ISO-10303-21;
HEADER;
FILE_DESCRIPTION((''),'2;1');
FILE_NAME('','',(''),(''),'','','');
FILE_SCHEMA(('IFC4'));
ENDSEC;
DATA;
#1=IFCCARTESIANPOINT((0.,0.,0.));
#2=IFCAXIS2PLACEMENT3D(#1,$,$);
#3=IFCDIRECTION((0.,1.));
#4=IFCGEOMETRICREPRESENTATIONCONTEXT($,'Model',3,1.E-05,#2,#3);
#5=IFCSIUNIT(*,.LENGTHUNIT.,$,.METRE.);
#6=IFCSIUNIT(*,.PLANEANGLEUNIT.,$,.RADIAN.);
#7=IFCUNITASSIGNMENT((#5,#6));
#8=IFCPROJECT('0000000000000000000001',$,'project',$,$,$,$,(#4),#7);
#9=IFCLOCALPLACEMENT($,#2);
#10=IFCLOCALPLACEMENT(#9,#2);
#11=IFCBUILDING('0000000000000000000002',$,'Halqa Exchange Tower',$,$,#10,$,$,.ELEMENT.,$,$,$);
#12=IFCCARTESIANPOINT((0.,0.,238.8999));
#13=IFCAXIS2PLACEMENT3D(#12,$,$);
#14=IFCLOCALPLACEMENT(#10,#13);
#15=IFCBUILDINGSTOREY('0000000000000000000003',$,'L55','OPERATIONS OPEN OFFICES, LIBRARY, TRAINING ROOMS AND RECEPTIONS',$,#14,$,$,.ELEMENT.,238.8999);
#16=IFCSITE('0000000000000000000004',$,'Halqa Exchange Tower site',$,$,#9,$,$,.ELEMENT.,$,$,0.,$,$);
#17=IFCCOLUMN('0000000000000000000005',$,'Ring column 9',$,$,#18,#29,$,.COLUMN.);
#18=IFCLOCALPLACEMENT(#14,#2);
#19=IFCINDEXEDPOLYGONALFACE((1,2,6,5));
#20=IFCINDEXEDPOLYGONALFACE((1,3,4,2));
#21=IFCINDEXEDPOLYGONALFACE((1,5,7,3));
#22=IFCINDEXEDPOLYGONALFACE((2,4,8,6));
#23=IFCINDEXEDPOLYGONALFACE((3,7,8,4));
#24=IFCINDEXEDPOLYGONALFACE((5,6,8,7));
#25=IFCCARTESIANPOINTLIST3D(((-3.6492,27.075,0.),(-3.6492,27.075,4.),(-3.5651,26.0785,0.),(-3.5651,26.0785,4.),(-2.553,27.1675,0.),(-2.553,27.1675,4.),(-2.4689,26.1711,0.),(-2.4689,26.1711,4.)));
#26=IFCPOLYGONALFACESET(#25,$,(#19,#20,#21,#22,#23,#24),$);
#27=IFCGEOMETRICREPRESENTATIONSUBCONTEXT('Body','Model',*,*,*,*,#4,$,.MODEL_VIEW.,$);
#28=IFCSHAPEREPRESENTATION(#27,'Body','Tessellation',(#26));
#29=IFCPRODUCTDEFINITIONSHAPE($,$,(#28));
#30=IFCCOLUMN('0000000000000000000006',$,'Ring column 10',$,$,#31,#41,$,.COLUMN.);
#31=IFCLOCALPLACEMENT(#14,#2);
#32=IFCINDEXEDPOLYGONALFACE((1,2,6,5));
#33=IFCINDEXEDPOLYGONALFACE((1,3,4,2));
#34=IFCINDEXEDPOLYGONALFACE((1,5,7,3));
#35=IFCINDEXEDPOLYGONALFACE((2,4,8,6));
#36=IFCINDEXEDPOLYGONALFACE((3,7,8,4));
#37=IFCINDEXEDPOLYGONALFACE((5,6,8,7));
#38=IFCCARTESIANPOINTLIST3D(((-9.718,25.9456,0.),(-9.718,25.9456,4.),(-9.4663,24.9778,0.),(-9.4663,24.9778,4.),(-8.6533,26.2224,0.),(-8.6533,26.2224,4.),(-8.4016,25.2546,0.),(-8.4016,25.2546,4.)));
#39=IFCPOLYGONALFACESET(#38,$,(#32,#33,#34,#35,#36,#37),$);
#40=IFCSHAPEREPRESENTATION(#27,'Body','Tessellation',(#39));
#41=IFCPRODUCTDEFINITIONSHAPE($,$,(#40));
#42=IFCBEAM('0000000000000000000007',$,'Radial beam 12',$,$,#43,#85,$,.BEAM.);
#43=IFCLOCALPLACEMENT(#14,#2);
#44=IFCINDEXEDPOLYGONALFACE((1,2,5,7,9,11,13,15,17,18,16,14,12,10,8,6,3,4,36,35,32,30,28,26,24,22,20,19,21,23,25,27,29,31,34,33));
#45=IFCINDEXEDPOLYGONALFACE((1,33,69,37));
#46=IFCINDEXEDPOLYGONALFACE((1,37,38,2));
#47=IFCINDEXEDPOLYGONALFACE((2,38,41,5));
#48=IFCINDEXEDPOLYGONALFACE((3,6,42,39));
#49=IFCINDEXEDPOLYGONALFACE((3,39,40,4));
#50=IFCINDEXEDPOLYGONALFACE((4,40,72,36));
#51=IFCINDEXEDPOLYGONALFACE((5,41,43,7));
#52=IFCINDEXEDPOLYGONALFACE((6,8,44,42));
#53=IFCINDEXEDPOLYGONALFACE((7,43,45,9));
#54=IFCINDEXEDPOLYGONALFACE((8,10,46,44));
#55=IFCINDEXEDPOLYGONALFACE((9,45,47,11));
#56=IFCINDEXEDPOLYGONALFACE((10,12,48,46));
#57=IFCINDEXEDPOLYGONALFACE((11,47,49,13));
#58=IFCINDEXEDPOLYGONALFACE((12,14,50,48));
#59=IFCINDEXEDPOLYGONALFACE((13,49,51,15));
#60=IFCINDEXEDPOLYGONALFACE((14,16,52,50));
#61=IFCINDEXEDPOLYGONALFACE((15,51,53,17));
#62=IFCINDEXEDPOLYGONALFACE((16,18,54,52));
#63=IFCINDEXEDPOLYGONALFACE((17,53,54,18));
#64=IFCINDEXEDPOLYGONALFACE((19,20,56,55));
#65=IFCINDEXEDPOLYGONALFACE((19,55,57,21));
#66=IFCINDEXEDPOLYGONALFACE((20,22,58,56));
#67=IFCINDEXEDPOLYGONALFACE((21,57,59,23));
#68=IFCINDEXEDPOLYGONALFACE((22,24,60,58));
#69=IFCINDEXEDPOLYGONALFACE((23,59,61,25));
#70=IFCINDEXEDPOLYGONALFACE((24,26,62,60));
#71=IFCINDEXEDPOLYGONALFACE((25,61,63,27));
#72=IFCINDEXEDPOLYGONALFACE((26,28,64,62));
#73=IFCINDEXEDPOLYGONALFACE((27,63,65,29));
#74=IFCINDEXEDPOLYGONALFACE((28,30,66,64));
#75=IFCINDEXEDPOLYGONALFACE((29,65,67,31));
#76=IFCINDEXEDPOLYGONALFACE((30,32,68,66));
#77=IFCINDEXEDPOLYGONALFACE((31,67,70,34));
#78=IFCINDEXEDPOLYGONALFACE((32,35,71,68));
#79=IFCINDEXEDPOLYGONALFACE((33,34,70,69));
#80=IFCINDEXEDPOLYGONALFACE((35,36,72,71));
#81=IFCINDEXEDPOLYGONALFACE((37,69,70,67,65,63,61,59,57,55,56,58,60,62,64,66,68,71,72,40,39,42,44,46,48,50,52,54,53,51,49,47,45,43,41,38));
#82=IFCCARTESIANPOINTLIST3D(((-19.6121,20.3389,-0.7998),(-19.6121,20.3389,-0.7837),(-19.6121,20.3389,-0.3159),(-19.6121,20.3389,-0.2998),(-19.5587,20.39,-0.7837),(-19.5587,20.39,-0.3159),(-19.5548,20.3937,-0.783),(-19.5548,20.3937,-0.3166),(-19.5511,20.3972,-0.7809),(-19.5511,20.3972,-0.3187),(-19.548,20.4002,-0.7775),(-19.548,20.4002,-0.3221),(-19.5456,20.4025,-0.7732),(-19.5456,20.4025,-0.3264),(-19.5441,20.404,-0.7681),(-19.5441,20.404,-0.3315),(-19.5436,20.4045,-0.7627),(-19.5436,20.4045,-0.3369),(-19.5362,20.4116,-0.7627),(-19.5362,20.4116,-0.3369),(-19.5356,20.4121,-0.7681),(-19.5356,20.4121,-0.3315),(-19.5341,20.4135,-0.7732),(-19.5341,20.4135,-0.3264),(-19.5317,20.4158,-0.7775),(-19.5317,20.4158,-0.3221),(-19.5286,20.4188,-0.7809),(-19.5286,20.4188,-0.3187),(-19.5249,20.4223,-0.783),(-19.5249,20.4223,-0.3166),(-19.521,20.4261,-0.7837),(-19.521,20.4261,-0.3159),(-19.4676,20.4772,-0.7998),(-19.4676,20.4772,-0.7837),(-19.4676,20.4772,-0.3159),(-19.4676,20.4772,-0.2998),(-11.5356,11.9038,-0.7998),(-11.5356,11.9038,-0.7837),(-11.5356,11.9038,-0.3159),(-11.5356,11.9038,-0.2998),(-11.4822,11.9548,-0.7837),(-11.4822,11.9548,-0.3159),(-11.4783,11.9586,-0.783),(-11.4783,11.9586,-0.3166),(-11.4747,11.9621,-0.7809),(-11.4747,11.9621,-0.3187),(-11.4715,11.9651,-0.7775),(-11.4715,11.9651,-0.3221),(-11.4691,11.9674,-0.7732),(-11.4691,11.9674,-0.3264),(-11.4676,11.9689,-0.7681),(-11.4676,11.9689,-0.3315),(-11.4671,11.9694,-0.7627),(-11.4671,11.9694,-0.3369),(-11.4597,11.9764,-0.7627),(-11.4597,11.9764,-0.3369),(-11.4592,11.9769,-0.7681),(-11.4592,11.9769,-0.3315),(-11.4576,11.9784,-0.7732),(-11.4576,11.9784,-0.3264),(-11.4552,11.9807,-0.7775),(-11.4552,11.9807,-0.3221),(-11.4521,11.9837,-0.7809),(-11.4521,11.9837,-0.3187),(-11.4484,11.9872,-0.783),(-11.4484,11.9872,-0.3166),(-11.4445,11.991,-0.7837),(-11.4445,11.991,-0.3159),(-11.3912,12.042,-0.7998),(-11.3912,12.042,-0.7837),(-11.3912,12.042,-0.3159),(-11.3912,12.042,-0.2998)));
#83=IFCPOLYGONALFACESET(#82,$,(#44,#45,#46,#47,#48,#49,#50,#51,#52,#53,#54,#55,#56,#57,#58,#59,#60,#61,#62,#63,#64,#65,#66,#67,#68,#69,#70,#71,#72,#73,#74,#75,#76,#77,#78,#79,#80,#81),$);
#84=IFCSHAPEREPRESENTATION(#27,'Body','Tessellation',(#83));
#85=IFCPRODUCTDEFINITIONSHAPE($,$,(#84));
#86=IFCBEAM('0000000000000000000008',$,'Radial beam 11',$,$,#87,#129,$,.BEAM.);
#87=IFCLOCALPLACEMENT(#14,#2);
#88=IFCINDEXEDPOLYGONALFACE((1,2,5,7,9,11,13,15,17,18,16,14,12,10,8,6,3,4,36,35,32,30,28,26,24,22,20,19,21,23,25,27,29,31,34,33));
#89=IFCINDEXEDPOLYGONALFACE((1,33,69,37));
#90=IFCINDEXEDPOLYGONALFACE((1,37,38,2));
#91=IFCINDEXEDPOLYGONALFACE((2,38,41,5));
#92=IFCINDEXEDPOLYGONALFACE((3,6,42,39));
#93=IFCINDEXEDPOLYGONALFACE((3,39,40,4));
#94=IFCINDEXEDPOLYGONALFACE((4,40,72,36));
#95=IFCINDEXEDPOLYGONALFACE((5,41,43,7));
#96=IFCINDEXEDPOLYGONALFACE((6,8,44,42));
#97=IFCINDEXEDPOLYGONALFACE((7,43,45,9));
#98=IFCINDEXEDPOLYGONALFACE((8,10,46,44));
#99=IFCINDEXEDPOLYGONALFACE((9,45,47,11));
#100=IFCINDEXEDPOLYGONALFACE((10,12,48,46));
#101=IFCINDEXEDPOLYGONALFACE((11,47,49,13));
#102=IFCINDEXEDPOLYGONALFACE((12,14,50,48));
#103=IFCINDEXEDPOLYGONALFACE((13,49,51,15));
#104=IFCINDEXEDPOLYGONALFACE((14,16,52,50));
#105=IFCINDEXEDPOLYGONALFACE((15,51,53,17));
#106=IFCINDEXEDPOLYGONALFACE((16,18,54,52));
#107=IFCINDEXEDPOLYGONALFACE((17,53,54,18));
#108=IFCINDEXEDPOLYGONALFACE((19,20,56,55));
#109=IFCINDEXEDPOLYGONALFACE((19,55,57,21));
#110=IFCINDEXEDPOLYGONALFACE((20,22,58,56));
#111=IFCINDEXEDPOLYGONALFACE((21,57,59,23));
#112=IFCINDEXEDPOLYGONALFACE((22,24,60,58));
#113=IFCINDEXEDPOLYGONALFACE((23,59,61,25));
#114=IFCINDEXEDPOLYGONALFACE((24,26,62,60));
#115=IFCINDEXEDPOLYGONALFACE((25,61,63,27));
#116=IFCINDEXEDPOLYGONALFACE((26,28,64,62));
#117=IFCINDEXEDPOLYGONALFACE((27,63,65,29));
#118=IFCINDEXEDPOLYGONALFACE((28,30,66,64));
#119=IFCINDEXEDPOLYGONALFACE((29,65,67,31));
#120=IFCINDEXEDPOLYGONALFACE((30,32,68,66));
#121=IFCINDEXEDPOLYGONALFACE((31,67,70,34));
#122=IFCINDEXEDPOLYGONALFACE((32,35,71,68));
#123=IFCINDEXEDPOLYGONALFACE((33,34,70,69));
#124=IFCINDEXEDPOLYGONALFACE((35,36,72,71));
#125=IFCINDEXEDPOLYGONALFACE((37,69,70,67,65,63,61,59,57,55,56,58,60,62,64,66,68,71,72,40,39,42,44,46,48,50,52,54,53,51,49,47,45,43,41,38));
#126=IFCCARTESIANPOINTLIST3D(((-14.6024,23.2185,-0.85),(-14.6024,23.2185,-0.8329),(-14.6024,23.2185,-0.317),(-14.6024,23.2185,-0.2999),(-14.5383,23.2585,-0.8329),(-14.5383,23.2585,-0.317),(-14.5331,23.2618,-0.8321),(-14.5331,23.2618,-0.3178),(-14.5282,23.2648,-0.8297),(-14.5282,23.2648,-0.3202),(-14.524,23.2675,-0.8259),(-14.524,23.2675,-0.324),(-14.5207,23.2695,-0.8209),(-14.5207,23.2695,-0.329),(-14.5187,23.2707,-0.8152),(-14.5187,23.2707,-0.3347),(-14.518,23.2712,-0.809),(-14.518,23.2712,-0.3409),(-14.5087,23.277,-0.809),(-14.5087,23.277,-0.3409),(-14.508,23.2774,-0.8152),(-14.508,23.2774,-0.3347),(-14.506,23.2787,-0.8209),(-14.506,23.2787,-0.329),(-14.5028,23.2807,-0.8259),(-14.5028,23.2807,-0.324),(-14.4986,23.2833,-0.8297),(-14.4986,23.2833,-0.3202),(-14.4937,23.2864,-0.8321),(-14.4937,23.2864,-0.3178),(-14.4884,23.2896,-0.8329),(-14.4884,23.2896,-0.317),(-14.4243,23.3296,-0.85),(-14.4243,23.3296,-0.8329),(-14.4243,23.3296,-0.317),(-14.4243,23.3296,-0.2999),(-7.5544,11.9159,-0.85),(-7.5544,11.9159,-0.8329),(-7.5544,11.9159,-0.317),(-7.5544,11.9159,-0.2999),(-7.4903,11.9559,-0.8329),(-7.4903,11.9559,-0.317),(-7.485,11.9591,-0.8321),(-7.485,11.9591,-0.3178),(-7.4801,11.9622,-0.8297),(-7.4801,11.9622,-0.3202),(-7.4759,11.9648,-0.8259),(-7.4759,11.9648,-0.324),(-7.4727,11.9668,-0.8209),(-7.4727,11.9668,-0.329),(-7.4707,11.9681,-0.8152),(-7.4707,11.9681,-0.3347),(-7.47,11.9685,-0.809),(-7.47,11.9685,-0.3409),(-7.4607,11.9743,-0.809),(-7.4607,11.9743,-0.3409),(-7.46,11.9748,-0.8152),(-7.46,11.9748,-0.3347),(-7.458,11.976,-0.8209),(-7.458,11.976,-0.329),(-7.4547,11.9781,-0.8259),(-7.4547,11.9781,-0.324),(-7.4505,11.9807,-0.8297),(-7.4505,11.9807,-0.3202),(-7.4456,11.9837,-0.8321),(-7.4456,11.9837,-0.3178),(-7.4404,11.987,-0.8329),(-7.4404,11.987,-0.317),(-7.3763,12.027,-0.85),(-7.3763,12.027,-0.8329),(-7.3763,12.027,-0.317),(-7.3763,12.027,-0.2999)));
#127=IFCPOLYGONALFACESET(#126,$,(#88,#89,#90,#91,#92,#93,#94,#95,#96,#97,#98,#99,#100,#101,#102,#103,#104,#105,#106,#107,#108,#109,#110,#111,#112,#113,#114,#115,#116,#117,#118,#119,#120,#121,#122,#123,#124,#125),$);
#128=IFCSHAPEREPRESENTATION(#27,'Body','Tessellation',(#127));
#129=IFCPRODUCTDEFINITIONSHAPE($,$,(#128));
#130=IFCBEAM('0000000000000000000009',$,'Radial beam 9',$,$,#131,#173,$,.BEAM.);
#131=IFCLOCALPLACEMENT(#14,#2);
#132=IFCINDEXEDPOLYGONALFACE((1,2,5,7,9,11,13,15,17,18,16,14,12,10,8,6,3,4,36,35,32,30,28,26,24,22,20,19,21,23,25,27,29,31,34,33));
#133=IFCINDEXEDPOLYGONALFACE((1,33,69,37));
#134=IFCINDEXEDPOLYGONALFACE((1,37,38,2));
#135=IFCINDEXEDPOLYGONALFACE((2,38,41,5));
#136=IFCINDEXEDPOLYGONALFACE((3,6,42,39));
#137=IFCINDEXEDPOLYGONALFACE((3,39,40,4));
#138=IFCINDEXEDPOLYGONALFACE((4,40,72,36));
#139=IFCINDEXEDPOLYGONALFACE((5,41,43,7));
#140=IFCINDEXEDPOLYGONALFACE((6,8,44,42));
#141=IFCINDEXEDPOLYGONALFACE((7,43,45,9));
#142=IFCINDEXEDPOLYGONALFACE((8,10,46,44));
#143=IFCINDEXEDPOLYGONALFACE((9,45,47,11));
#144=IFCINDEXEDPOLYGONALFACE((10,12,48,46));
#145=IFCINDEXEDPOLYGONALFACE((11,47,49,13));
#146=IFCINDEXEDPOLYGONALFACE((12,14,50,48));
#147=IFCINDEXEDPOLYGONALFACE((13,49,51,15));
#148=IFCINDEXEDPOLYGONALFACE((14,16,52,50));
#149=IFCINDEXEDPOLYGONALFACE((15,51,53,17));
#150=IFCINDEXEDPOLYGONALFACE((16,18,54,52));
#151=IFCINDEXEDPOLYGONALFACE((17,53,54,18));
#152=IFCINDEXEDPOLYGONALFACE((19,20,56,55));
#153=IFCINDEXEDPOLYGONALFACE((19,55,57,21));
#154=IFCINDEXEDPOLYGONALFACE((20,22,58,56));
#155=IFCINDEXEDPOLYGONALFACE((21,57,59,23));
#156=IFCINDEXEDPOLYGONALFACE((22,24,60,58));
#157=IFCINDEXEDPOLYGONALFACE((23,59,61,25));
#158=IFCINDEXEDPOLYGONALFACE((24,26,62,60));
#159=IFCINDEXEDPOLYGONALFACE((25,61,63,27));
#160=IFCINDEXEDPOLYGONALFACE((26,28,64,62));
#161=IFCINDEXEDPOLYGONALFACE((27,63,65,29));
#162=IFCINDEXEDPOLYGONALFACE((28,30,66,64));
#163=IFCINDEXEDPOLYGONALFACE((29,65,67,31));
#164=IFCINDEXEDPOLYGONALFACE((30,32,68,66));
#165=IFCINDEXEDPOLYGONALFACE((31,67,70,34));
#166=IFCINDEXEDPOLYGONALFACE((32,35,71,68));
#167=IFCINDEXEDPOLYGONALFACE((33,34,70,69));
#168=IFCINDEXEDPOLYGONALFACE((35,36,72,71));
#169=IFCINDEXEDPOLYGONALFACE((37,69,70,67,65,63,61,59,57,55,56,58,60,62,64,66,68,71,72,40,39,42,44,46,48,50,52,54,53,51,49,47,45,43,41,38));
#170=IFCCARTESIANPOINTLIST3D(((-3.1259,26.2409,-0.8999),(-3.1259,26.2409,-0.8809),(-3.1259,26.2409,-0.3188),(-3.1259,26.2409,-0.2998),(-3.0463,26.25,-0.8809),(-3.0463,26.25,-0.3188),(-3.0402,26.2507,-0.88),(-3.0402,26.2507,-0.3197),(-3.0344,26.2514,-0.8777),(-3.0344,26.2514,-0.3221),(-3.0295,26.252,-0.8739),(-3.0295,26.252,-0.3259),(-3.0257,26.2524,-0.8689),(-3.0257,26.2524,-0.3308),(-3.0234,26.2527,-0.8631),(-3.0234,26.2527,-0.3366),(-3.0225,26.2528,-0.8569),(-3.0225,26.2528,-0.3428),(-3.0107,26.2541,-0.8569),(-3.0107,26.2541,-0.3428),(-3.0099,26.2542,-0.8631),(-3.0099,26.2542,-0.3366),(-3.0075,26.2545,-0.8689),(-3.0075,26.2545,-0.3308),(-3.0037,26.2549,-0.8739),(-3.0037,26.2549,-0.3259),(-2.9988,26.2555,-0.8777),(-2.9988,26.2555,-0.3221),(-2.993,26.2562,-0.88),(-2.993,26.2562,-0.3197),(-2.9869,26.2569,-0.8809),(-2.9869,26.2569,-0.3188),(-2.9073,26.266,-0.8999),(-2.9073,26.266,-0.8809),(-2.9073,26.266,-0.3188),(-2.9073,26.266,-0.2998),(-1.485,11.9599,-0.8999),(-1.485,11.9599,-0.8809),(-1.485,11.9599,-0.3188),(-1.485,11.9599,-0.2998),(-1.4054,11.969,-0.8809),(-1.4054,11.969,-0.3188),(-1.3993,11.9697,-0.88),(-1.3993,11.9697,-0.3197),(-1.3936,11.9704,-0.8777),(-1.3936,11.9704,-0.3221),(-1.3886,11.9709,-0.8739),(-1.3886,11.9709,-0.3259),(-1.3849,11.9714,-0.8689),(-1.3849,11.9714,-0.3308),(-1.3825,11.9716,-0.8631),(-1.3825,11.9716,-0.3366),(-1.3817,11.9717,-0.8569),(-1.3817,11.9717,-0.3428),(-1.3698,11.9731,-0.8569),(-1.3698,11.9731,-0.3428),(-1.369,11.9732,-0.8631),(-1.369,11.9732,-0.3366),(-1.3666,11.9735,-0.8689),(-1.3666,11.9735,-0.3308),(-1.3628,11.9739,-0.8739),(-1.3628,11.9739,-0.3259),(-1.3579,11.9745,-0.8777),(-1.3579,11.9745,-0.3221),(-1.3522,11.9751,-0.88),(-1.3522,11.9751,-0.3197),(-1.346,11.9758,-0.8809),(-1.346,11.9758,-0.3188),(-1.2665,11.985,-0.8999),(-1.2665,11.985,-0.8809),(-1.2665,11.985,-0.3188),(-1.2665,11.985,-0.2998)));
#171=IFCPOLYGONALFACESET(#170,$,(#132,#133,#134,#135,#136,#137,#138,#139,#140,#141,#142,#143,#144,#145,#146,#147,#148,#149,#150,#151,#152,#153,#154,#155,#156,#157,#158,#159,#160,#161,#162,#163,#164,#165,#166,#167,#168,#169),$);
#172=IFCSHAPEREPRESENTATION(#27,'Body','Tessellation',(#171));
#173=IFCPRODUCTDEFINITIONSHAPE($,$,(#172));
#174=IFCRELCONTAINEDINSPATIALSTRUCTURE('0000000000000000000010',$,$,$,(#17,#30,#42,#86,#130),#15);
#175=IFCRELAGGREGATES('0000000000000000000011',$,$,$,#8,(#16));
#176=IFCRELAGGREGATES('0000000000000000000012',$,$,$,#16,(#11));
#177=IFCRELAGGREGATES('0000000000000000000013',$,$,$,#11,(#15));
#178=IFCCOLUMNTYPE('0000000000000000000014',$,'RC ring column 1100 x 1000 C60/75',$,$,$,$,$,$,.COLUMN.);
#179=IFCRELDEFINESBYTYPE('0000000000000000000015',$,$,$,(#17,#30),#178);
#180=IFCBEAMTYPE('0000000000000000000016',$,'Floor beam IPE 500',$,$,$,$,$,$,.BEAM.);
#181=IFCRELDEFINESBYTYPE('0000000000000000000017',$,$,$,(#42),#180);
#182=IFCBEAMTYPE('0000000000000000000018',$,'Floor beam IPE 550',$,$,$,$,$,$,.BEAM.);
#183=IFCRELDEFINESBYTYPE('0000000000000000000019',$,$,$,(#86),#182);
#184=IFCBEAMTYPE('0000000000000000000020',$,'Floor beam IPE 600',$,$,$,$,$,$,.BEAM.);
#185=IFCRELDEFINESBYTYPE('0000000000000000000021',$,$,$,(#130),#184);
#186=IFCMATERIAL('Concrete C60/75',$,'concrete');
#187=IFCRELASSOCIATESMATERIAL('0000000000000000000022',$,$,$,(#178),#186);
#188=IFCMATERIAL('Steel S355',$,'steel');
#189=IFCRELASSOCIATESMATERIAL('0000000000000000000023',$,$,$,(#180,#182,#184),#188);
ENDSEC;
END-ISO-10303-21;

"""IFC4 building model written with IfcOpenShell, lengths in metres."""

from ifc_helpers import new_model, si_unit, direction, frame, origin, origin_2d, place, context, subcontext, project, spatial, rectangle, i_section, extrude, material, material_profile, profile_set, type_object, element, save


model = new_model("IFC4")

# Units and contexts
model_context = context("Model", 3, precision=1e-05, world=origin(), true_north=direction((0.0, 1.0)))
body_context = subcontext(model_context, "Body", "Model", "MODEL_VIEW")
ifc_project = project(units=[si_unit("LENGTHUNIT", "METRE"), si_unit("PLANEANGLEUNIT", "RADIAN")], contexts=[model_context])

# Site, building, storey
site_placement = place(None, origin())
site = spatial("IfcSite", under=ifc_project, at=site_placement, Name="Halqa Exchange Tower site", CompositionType="ELEMENT", RefElevation=0.0)
building_placement = place(site_placement, origin())
building = spatial("IfcBuilding", under=site, at=building_placement, Name="Halqa Exchange Tower", CompositionType="ELEMENT")
storey_placement = place(building_placement, frame((0.0, 0.0, 238.8999)))
storey = spatial("IfcBuildingStorey", under=building, at=storey_placement, Name="L55", Description="OPERATIONS OPEN OFFICES, LIBRARY, TRAINING ROOMS AND RECEPTIONS", CompositionType="ELEMENT", Elevation=238.8999)

# Columns
ifc_material_1 = material(Name="Concrete C60/75", Category="concrete")
ifc_material_profile_1 = material_profile(ifc_material_1, rectangle(XDim=1.1001, YDim=1.0, at=origin_2d()), Name="1100 x 1000")
ifc_profile_set_1 = profile_set([ifc_material_profile_1], Name="Concrete C60/75")
column_type = type_object("IfcColumnType", Name="RC ring column 1100 x 1000 C60/75", PredefinedType="COLUMN", material=ifc_profile_set_1)
for number, where, z_axis, x_axis, name in (
    (1, (-3.0591, 26.623, 0.0), (0.0, 0.0, 1.0), (-0.996456, -0.084121, 0.0), "Ring column 9"),
    (2, (-9.0598, 25.6001, 0.0), (0.0, 0.0, 1.0), (-0.96782, -0.251645, 0.0), "Ring column 10"),
):
    element("IfcColumn", number, at=place(storey_placement, frame(where, z_axis=z_axis, x_axis=x_axis)), inside=storey, type_object=column_type, Name=name, PredefinedType="COLUMN", context=body_context, shape_type="SweptSolid", body=[
        extrude(rectangle(XDim=1.1001, YDim=1.0, at=origin_2d()), origin(), (0.0, 0.0, 1.0), 4.0),
    ])

# Beams
ifc_material_2 = material(Name="Steel S355", Category="steel")
ifc_material_profile_2 = material_profile(ifc_material_2, i_section(OverallWidth=0.2, OverallDepth=0.5, WebThickness=0.0103, FlangeThickness=0.0161, FilletRadius=0.021, at=origin_2d()), Name="IPE 500")
ifc_profile_set_2 = profile_set([ifc_material_profile_2], Name="Steel S355")
beam_type_1 = type_object("IfcBeamType", Name="Floor beam IPE 500", PredefinedType="BEAM", material=ifc_profile_set_2)
beam_1_placement = place(storey_placement, frame((-11.4634, 11.9729, -0.5498), z_axis=(-0.691585, 0.722295, 0.0), x_axis=(-0.722295, -0.691585, 0.0)))
element("IfcBeam", 3, at=beam_1_placement, inside=storey, type_object=beam_type_1, Name="Radial beam 12", PredefinedType="BEAM", context=body_context, shape_type="SweptSolid", body=[
    extrude(i_section(OverallWidth=0.2, OverallDepth=0.5, WebThickness=0.0103, FlangeThickness=0.0161, FilletRadius=0.021, at=origin_2d()), origin(), (0.0, 0.0, 1.0), 11.6782),
])
ifc_material_profile_3 = material_profile(ifc_material_2, i_section(OverallWidth=0.21, OverallDepth=0.55, WebThickness=0.011, FlangeThickness=0.0171, FilletRadius=0.0239, at=origin_2d()), Name="IPE 550")
ifc_profile_set_3 = profile_set([ifc_material_profile_3], Name="Steel S355")
beam_type_2 = type_object("IfcBeamType", Name="Floor beam IPE 550", PredefinedType="BEAM", material=ifc_profile_set_3)
beam_2_placement = place(storey_placement, frame((-7.4653, 11.9714, -0.575), z_axis=(-0.529129, 0.848542, 0.0), x_axis=(-0.848542, -0.529129, 0.0)))
element("IfcBeam", 4, at=beam_2_placement, inside=storey, type_object=beam_type_2, Name="Radial beam 11", PredefinedType="BEAM", context=body_context, shape_type="SweptSolid", body=[
    extrude(i_section(OverallWidth=0.21, OverallDepth=0.55, WebThickness=0.011, FlangeThickness=0.0171, FilletRadius=0.0239, at=origin_2d()), origin(), (0.0, 0.0, 1.0), 13.3201),
])
ifc_material_profile_4 = material_profile(ifc_material_2, i_section(OverallWidth=0.22, OverallDepth=0.6001, WebThickness=0.012, FlangeThickness=0.019, FilletRadius=0.0239, at=origin_2d()), Name="IPE 600")
ifc_profile_set_4 = profile_set([ifc_material_profile_4], Name="Steel S355")
beam_type_3 = type_object("IfcBeamType", Name="Floor beam IPE 600", PredefinedType="BEAM", material=ifc_profile_set_4)
beam_3_placement = place(storey_placement, frame((-1.3757, 11.9724, -0.5999), z_axis=(-0.114148, 0.993464, 0.0), x_axis=(-0.993464, -0.114148, 0.0)))
element("IfcBeam", 5, at=beam_3_placement, inside=storey, type_object=beam_type_3, Name="Radial beam 9", PredefinedType="BEAM", context=body_context, shape_type="SweptSolid", body=[
    extrude(i_section(OverallWidth=0.22, OverallDepth=0.6001, WebThickness=0.012, FlangeThickness=0.019, FilletRadius=0.0239, at=origin_2d()), origin(), (0.0, 0.0, 1.0), 14.375),
])

save(model, "model.ifc")
